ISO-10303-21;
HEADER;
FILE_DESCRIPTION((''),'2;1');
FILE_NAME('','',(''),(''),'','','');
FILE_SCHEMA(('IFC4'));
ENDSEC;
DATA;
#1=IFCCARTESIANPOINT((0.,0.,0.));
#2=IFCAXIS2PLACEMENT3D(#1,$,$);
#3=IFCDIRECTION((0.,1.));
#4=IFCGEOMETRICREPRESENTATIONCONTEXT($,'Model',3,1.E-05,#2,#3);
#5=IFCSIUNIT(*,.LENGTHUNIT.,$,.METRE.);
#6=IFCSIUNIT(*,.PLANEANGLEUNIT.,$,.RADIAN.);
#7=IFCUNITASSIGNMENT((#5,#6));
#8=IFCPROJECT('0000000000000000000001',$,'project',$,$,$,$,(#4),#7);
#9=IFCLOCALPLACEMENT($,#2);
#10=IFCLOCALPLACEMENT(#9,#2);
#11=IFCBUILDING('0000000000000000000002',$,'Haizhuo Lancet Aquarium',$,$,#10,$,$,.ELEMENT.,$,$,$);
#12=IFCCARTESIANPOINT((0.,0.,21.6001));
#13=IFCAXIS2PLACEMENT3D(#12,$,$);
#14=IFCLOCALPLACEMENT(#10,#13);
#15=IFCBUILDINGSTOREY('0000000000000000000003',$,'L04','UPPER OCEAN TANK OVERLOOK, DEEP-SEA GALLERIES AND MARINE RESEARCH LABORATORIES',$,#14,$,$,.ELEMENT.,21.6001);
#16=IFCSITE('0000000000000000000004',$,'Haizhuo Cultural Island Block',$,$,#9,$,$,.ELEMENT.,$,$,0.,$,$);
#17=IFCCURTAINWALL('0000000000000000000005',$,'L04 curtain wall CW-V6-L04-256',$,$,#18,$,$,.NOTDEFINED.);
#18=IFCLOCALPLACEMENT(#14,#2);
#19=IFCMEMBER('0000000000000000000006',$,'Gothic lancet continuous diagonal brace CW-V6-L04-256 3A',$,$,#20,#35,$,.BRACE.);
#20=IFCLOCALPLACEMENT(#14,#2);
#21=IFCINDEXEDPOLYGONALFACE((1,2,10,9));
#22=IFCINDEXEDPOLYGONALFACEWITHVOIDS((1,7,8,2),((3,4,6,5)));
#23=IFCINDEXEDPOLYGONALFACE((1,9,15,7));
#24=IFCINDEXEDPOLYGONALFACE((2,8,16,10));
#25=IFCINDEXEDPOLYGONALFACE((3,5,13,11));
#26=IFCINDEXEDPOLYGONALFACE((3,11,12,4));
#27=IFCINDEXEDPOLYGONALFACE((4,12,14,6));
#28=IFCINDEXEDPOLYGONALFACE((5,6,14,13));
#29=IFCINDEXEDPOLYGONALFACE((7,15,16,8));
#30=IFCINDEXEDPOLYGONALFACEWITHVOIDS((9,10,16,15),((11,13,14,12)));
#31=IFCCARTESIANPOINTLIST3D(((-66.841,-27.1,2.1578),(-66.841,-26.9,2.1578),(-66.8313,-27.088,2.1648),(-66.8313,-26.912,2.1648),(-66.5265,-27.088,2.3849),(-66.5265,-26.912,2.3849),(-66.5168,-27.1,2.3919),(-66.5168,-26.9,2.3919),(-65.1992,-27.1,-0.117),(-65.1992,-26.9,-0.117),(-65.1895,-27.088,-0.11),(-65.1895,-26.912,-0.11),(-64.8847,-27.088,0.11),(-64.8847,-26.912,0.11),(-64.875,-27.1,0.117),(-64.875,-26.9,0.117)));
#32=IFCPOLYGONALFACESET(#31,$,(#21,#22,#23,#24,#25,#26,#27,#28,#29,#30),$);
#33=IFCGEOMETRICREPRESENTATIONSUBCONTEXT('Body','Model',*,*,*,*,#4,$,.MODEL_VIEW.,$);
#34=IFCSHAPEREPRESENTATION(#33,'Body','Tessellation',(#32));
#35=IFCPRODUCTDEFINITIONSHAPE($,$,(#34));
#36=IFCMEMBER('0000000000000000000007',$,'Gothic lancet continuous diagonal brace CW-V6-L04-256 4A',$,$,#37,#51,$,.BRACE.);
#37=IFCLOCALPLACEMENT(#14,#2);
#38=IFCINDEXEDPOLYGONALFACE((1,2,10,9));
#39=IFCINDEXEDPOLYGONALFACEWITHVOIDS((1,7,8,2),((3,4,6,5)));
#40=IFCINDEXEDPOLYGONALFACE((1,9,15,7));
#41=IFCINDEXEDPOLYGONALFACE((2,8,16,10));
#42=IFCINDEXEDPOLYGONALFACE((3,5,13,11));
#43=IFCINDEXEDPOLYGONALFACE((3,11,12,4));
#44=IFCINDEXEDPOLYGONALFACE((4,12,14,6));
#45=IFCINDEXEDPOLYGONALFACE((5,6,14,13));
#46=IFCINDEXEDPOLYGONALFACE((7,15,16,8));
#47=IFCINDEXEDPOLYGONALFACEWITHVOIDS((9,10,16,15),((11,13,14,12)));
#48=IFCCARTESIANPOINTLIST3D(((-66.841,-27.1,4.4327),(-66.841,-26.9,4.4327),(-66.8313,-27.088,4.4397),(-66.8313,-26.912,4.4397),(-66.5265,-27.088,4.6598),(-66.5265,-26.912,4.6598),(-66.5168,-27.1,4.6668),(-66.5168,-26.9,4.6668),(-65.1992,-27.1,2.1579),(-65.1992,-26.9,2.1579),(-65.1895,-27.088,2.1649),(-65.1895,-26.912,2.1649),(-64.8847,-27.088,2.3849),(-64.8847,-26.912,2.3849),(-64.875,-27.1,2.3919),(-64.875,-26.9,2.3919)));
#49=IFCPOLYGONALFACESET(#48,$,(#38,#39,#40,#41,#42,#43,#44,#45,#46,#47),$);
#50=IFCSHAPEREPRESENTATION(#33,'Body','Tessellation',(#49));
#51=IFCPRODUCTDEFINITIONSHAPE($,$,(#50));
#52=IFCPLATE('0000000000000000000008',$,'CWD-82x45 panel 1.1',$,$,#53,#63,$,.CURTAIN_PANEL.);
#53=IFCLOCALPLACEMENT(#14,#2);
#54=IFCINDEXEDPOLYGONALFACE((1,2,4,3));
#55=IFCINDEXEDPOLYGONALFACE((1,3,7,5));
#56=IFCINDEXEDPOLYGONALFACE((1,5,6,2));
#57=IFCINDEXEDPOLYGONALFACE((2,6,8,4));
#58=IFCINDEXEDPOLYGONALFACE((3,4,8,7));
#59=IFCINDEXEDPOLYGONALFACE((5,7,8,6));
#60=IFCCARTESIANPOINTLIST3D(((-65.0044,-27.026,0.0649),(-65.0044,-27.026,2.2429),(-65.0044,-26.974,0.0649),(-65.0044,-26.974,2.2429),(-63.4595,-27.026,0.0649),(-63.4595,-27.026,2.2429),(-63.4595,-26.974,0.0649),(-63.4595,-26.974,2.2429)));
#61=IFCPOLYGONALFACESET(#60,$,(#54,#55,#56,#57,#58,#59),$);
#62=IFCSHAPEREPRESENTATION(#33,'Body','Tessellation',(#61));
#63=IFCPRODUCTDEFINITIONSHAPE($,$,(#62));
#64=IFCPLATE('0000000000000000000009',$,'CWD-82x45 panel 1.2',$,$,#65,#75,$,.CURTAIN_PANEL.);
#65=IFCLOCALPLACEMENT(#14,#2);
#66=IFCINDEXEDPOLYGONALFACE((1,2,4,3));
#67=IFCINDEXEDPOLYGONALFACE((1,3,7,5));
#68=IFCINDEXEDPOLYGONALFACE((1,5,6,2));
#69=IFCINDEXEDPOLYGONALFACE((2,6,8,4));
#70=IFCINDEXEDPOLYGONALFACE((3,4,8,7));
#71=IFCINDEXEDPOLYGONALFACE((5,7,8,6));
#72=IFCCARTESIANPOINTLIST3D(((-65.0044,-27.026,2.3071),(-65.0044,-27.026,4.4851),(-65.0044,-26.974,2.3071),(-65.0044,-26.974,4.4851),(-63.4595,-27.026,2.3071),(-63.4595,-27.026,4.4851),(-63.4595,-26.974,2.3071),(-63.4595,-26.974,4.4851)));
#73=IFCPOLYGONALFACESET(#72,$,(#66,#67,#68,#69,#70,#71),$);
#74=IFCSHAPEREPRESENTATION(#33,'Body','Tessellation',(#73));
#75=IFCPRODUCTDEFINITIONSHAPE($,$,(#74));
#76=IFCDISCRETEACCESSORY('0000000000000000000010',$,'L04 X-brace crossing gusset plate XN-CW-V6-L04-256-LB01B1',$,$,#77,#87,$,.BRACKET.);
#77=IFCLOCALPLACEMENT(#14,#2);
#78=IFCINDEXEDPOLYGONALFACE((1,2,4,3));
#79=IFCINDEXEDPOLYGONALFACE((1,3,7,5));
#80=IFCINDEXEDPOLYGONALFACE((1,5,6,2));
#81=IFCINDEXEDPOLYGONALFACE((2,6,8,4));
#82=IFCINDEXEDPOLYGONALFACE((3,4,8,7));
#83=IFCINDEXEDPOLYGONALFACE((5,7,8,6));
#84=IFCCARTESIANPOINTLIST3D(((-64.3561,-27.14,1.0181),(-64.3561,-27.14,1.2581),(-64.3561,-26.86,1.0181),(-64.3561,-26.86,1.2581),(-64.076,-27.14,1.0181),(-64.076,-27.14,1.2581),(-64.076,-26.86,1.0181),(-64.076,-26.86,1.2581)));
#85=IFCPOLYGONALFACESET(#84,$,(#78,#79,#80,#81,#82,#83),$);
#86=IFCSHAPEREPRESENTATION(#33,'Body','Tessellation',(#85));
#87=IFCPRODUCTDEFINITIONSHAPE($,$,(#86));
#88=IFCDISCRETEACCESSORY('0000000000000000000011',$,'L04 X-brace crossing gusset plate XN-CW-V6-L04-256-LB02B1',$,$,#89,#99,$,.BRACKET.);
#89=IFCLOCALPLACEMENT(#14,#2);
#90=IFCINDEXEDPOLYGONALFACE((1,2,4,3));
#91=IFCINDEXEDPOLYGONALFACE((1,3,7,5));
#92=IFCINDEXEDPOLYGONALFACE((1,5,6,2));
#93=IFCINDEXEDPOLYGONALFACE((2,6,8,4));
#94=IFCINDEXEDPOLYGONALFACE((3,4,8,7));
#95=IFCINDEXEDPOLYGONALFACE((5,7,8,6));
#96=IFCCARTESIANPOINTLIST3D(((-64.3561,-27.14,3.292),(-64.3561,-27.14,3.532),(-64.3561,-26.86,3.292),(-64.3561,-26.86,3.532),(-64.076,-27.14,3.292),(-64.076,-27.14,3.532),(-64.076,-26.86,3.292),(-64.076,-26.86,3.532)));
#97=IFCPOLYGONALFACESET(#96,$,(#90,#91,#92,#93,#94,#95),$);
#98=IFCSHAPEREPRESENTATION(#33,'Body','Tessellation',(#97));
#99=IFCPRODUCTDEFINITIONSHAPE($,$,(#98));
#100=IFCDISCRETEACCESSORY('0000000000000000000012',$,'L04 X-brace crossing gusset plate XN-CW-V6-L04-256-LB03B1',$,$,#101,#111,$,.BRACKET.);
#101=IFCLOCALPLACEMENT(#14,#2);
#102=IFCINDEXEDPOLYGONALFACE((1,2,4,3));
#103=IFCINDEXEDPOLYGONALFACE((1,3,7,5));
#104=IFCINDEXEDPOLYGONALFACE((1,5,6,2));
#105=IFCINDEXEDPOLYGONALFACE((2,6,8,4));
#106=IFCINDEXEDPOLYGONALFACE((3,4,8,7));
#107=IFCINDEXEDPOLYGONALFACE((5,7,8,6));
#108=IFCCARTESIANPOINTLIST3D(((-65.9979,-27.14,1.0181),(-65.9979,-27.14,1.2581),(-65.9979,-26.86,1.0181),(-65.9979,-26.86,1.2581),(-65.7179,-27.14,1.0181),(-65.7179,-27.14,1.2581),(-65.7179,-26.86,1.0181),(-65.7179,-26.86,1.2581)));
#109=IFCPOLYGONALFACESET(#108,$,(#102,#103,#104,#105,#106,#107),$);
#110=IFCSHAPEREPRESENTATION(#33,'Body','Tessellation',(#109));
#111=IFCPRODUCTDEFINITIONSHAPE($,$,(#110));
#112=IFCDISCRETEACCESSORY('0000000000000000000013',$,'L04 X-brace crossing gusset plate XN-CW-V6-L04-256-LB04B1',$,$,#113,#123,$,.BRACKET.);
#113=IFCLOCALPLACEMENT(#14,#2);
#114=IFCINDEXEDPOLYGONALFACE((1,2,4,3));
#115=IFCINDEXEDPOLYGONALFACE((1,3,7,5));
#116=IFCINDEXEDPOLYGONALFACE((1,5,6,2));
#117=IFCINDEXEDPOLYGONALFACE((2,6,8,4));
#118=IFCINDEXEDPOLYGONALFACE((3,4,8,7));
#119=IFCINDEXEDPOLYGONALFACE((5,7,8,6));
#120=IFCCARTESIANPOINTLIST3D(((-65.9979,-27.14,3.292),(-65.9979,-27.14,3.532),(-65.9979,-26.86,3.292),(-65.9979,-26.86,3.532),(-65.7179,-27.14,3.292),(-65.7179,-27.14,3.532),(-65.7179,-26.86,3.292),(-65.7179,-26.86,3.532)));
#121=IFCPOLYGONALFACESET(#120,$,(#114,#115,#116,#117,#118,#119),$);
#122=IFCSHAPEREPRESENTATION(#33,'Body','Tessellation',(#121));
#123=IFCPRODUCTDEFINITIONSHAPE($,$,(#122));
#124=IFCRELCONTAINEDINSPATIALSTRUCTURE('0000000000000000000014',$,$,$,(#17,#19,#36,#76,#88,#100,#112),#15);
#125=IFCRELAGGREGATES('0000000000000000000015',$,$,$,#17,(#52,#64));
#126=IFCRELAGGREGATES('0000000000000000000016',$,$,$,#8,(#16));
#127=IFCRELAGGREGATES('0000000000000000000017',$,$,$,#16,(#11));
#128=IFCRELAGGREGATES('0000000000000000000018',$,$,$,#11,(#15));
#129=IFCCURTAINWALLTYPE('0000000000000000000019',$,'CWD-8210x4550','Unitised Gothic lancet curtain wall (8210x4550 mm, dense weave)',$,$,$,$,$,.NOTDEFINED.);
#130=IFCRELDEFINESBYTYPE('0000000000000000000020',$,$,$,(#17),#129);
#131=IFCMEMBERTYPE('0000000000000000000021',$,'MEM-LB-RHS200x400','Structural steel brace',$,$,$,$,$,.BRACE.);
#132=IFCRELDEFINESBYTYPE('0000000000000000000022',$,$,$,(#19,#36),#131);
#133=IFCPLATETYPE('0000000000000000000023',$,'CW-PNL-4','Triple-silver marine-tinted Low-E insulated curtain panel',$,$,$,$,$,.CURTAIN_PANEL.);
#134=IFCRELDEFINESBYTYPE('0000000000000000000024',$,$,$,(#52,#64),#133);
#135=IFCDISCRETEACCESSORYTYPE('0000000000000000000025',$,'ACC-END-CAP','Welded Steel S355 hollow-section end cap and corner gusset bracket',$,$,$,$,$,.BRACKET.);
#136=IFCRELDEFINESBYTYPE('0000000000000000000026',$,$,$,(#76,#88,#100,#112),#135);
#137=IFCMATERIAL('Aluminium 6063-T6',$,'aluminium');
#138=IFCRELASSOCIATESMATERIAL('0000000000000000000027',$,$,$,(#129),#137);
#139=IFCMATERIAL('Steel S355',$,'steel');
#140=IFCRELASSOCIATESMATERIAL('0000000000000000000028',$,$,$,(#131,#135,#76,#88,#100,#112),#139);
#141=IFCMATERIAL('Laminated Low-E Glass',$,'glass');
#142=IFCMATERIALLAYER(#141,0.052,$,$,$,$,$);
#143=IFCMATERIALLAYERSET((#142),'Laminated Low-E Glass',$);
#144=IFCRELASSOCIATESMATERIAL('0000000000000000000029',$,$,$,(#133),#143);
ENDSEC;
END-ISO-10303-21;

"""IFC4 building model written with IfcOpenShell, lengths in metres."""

from ifc_helpers import new_model, si_unit, direction, frame, origin, origin_2d, place, context, subcontext, project, spatial, rectangle, hollow_rectangle, extrude, material, layer, layer_set, material_profile, profile_set, type_object, element, aggregate, save


model = new_model("IFC4")

# Units and contexts
model_context = context("Model", 3, precision=1e-05, world=origin(), true_north=direction((0.0, 1.0)))
body_context = subcontext(model_context, "Body", "Model", "MODEL_VIEW")
ifc_project = project(units=[si_unit("LENGTHUNIT", "METRE"), si_unit("PLANEANGLEUNIT", "RADIAN")], contexts=[model_context])

# Site, building, storey
site_placement = place(None, origin())
site = spatial("IfcSite", under=ifc_project, at=site_placement, Name="Haizhuo Cultural Island Block", CompositionType="ELEMENT", RefElevation=0.0)
building_placement = place(site_placement, origin())
building = spatial("IfcBuilding", under=site, at=building_placement, Name="Haizhuo Lancet Aquarium", CompositionType="ELEMENT")
storey_placement = place(building_placement, frame((0.0, 0.0, 21.6001)))
storey = spatial("IfcBuildingStorey", under=building, at=storey_placement, Name="L04", Description="UPPER OCEAN TANK OVERLOOK, DEEP-SEA GALLERIES AND MARINE RESEARCH LABORATORIES", CompositionType="ELEMENT", Elevation=21.6001)

# Shared definitions
ifc_material_1 = material(Name="Steel S355", Category="steel")

# Curtain wall
ifc_material_2 = material(Name="Aluminium 6063-T6", Category="aluminium")
curtain_wall_type = type_object("IfcCurtainWallType", Name="CWD-8210x4550", Description="Unitised Gothic lancet curtain wall (8210x4550 mm, dense weave)", PredefinedType="NOTDEFINED", material=ifc_material_2)
curtain_wall_placement = place(storey_placement, origin())
curtain_wall = element("IfcCurtainWall", 1, at=curtain_wall_placement, inside=storey, type_object=curtain_wall_type, Name="L04 curtain wall CW-V6-L04-256", PredefinedType="NOTDEFINED")

# Members
ifc_material_profile_1 = material_profile(ifc_material_1, hollow_rectangle(XDim=0.2, YDim=0.3999, WallThickness=0.012, at=origin_2d()), Name="RHS 200x400x12")
ifc_profile_set_1 = profile_set([ifc_material_profile_1], Name="Steel S355")
member_type_1 = type_object("IfcMemberType", Name="MEM-LB-RHS200x400", Description="Structural steel brace", PredefinedType="BRACE", material=ifc_profile_set_1)
for number, where, z_axis, x_axis, name in (
    (2, (-65.0371, -27.0, 0.0), (-0.585224, 0.0, 0.810872), (0.0, -1.0, 0.0), "Gothic lancet continuous diagonal brace CW-V6-L04-256 3A"),
    (3, (-65.0371, -27.0, 2.2749), (-0.585224, 0.0, 0.810872), (0.0, -1.0, 0.0), "Gothic lancet continuous diagonal brace CW-V6-L04-256 4A"),
):
    element("IfcMember", number, at=place(storey_placement, frame(where, z_axis=z_axis, x_axis=x_axis)), inside=storey, type_object=member_type_1, Name=name, PredefinedType="BRACE", context=body_context, shape_type="SweptSolid", body=[
        extrude(hollow_rectangle(XDim=0.2, YDim=0.3999, WallThickness=0.012, at=origin_2d()), origin(), (0.0, 0.0, 1.0), 2.8054),
    ])

# Plates
ifc_material_3 = material(Name="Laminated Low-E Glass", Category="glass")
ifc_layer = layer(ifc_material_3, 0.052)
ifc_layer_set = layer_set([ifc_layer], Name="Laminated Low-E Glass")
plate_type = type_object("IfcPlateType", Name="CW-PNL-4", Description="Triple-silver marine-tinted Low-E insulated curtain panel", PredefinedType="CURTAIN_PANEL", material=ifc_layer_set)
plate_1_placement = place(storey_placement, frame((-64.2319, -27.0, 0.0649), z_axis=(0.0, 0.0, 1.0), x_axis=(-1.0, 0.0, 0.0)))
plate_1 = element("IfcPlate", 4, at=plate_1_placement, type_object=plate_type, Name="CWD-82x45 panel 1.1", PredefinedType="CURTAIN_PANEL", context=body_context, shape_type="SweptSolid", body=[
    extrude(rectangle(XDim=1.5449, YDim=0.052, at=origin_2d()), origin(), (0.0, 0.0, 1.0), 2.178),
])
plate_2_placement = place(storey_placement, frame((-64.2319, -27.0, 2.3071), z_axis=(0.0, 0.0, 1.0), x_axis=(-1.0, 0.0, 0.0)))
plate_2 = element("IfcPlate", 5, at=plate_2_placement, type_object=plate_type, Name="CWD-82x45 panel 1.2", PredefinedType="CURTAIN_PANEL", context=body_context, shape_type="SweptSolid", body=[
    extrude(rectangle(XDim=1.5449, YDim=0.052, at=origin_2d()), origin(), (0.0, 0.0, 1.0), 2.178),
])
aggregate(curtain_wall, [plate_1, plate_2])

# Discrete accessories
discrete_accessory_type = type_object("IfcDiscreteAccessoryType", Name="ACC-END-CAP", Description="Welded Steel S355 hollow-section end cap and corner gusset bracket", PredefinedType="BRACKET", material=ifc_material_1)
for number, where, z_axis, x_axis, name in (
    (6, (-64.2161, -27.0, 1.0181), (0.0, 0.0, 1.0), (1.0, 0.0, 0.0), "L04 X-brace crossing gusset plate XN-CW-V6-L04-256-LB01B1"),
    (7, (-64.2161, -27.0, 3.292), (0.0, 0.0, 1.0), (1.0, 0.0, 0.0), "L04 X-brace crossing gusset plate XN-CW-V6-L04-256-LB02B1"),
    (8, (-65.8579, -27.0, 1.0181), (0.0, 0.0, 1.0), (1.0, 0.0, 0.0), "L04 X-brace crossing gusset plate XN-CW-V6-L04-256-LB03B1"),
    (9, (-65.8579, -27.0, 3.292), (0.0, 0.0, 1.0), (1.0, 0.0, 0.0), "L04 X-brace crossing gusset plate XN-CW-V6-L04-256-LB04B1"),
):
    element("IfcDiscreteAccessory", number, at=place(storey_placement, frame(where, z_axis=z_axis, x_axis=x_axis)), inside=storey, type_object=discrete_accessory_type, material=ifc_material_1, Name=name, PredefinedType="BRACKET", context=body_context, shape_type="SweptSolid", body=[
        extrude(rectangle(XDim=0.28, YDim=0.28, at=origin_2d()), origin(), (0.0, 0.0, 1.0), 0.24),
    ])

save(model, "model.ifc")
